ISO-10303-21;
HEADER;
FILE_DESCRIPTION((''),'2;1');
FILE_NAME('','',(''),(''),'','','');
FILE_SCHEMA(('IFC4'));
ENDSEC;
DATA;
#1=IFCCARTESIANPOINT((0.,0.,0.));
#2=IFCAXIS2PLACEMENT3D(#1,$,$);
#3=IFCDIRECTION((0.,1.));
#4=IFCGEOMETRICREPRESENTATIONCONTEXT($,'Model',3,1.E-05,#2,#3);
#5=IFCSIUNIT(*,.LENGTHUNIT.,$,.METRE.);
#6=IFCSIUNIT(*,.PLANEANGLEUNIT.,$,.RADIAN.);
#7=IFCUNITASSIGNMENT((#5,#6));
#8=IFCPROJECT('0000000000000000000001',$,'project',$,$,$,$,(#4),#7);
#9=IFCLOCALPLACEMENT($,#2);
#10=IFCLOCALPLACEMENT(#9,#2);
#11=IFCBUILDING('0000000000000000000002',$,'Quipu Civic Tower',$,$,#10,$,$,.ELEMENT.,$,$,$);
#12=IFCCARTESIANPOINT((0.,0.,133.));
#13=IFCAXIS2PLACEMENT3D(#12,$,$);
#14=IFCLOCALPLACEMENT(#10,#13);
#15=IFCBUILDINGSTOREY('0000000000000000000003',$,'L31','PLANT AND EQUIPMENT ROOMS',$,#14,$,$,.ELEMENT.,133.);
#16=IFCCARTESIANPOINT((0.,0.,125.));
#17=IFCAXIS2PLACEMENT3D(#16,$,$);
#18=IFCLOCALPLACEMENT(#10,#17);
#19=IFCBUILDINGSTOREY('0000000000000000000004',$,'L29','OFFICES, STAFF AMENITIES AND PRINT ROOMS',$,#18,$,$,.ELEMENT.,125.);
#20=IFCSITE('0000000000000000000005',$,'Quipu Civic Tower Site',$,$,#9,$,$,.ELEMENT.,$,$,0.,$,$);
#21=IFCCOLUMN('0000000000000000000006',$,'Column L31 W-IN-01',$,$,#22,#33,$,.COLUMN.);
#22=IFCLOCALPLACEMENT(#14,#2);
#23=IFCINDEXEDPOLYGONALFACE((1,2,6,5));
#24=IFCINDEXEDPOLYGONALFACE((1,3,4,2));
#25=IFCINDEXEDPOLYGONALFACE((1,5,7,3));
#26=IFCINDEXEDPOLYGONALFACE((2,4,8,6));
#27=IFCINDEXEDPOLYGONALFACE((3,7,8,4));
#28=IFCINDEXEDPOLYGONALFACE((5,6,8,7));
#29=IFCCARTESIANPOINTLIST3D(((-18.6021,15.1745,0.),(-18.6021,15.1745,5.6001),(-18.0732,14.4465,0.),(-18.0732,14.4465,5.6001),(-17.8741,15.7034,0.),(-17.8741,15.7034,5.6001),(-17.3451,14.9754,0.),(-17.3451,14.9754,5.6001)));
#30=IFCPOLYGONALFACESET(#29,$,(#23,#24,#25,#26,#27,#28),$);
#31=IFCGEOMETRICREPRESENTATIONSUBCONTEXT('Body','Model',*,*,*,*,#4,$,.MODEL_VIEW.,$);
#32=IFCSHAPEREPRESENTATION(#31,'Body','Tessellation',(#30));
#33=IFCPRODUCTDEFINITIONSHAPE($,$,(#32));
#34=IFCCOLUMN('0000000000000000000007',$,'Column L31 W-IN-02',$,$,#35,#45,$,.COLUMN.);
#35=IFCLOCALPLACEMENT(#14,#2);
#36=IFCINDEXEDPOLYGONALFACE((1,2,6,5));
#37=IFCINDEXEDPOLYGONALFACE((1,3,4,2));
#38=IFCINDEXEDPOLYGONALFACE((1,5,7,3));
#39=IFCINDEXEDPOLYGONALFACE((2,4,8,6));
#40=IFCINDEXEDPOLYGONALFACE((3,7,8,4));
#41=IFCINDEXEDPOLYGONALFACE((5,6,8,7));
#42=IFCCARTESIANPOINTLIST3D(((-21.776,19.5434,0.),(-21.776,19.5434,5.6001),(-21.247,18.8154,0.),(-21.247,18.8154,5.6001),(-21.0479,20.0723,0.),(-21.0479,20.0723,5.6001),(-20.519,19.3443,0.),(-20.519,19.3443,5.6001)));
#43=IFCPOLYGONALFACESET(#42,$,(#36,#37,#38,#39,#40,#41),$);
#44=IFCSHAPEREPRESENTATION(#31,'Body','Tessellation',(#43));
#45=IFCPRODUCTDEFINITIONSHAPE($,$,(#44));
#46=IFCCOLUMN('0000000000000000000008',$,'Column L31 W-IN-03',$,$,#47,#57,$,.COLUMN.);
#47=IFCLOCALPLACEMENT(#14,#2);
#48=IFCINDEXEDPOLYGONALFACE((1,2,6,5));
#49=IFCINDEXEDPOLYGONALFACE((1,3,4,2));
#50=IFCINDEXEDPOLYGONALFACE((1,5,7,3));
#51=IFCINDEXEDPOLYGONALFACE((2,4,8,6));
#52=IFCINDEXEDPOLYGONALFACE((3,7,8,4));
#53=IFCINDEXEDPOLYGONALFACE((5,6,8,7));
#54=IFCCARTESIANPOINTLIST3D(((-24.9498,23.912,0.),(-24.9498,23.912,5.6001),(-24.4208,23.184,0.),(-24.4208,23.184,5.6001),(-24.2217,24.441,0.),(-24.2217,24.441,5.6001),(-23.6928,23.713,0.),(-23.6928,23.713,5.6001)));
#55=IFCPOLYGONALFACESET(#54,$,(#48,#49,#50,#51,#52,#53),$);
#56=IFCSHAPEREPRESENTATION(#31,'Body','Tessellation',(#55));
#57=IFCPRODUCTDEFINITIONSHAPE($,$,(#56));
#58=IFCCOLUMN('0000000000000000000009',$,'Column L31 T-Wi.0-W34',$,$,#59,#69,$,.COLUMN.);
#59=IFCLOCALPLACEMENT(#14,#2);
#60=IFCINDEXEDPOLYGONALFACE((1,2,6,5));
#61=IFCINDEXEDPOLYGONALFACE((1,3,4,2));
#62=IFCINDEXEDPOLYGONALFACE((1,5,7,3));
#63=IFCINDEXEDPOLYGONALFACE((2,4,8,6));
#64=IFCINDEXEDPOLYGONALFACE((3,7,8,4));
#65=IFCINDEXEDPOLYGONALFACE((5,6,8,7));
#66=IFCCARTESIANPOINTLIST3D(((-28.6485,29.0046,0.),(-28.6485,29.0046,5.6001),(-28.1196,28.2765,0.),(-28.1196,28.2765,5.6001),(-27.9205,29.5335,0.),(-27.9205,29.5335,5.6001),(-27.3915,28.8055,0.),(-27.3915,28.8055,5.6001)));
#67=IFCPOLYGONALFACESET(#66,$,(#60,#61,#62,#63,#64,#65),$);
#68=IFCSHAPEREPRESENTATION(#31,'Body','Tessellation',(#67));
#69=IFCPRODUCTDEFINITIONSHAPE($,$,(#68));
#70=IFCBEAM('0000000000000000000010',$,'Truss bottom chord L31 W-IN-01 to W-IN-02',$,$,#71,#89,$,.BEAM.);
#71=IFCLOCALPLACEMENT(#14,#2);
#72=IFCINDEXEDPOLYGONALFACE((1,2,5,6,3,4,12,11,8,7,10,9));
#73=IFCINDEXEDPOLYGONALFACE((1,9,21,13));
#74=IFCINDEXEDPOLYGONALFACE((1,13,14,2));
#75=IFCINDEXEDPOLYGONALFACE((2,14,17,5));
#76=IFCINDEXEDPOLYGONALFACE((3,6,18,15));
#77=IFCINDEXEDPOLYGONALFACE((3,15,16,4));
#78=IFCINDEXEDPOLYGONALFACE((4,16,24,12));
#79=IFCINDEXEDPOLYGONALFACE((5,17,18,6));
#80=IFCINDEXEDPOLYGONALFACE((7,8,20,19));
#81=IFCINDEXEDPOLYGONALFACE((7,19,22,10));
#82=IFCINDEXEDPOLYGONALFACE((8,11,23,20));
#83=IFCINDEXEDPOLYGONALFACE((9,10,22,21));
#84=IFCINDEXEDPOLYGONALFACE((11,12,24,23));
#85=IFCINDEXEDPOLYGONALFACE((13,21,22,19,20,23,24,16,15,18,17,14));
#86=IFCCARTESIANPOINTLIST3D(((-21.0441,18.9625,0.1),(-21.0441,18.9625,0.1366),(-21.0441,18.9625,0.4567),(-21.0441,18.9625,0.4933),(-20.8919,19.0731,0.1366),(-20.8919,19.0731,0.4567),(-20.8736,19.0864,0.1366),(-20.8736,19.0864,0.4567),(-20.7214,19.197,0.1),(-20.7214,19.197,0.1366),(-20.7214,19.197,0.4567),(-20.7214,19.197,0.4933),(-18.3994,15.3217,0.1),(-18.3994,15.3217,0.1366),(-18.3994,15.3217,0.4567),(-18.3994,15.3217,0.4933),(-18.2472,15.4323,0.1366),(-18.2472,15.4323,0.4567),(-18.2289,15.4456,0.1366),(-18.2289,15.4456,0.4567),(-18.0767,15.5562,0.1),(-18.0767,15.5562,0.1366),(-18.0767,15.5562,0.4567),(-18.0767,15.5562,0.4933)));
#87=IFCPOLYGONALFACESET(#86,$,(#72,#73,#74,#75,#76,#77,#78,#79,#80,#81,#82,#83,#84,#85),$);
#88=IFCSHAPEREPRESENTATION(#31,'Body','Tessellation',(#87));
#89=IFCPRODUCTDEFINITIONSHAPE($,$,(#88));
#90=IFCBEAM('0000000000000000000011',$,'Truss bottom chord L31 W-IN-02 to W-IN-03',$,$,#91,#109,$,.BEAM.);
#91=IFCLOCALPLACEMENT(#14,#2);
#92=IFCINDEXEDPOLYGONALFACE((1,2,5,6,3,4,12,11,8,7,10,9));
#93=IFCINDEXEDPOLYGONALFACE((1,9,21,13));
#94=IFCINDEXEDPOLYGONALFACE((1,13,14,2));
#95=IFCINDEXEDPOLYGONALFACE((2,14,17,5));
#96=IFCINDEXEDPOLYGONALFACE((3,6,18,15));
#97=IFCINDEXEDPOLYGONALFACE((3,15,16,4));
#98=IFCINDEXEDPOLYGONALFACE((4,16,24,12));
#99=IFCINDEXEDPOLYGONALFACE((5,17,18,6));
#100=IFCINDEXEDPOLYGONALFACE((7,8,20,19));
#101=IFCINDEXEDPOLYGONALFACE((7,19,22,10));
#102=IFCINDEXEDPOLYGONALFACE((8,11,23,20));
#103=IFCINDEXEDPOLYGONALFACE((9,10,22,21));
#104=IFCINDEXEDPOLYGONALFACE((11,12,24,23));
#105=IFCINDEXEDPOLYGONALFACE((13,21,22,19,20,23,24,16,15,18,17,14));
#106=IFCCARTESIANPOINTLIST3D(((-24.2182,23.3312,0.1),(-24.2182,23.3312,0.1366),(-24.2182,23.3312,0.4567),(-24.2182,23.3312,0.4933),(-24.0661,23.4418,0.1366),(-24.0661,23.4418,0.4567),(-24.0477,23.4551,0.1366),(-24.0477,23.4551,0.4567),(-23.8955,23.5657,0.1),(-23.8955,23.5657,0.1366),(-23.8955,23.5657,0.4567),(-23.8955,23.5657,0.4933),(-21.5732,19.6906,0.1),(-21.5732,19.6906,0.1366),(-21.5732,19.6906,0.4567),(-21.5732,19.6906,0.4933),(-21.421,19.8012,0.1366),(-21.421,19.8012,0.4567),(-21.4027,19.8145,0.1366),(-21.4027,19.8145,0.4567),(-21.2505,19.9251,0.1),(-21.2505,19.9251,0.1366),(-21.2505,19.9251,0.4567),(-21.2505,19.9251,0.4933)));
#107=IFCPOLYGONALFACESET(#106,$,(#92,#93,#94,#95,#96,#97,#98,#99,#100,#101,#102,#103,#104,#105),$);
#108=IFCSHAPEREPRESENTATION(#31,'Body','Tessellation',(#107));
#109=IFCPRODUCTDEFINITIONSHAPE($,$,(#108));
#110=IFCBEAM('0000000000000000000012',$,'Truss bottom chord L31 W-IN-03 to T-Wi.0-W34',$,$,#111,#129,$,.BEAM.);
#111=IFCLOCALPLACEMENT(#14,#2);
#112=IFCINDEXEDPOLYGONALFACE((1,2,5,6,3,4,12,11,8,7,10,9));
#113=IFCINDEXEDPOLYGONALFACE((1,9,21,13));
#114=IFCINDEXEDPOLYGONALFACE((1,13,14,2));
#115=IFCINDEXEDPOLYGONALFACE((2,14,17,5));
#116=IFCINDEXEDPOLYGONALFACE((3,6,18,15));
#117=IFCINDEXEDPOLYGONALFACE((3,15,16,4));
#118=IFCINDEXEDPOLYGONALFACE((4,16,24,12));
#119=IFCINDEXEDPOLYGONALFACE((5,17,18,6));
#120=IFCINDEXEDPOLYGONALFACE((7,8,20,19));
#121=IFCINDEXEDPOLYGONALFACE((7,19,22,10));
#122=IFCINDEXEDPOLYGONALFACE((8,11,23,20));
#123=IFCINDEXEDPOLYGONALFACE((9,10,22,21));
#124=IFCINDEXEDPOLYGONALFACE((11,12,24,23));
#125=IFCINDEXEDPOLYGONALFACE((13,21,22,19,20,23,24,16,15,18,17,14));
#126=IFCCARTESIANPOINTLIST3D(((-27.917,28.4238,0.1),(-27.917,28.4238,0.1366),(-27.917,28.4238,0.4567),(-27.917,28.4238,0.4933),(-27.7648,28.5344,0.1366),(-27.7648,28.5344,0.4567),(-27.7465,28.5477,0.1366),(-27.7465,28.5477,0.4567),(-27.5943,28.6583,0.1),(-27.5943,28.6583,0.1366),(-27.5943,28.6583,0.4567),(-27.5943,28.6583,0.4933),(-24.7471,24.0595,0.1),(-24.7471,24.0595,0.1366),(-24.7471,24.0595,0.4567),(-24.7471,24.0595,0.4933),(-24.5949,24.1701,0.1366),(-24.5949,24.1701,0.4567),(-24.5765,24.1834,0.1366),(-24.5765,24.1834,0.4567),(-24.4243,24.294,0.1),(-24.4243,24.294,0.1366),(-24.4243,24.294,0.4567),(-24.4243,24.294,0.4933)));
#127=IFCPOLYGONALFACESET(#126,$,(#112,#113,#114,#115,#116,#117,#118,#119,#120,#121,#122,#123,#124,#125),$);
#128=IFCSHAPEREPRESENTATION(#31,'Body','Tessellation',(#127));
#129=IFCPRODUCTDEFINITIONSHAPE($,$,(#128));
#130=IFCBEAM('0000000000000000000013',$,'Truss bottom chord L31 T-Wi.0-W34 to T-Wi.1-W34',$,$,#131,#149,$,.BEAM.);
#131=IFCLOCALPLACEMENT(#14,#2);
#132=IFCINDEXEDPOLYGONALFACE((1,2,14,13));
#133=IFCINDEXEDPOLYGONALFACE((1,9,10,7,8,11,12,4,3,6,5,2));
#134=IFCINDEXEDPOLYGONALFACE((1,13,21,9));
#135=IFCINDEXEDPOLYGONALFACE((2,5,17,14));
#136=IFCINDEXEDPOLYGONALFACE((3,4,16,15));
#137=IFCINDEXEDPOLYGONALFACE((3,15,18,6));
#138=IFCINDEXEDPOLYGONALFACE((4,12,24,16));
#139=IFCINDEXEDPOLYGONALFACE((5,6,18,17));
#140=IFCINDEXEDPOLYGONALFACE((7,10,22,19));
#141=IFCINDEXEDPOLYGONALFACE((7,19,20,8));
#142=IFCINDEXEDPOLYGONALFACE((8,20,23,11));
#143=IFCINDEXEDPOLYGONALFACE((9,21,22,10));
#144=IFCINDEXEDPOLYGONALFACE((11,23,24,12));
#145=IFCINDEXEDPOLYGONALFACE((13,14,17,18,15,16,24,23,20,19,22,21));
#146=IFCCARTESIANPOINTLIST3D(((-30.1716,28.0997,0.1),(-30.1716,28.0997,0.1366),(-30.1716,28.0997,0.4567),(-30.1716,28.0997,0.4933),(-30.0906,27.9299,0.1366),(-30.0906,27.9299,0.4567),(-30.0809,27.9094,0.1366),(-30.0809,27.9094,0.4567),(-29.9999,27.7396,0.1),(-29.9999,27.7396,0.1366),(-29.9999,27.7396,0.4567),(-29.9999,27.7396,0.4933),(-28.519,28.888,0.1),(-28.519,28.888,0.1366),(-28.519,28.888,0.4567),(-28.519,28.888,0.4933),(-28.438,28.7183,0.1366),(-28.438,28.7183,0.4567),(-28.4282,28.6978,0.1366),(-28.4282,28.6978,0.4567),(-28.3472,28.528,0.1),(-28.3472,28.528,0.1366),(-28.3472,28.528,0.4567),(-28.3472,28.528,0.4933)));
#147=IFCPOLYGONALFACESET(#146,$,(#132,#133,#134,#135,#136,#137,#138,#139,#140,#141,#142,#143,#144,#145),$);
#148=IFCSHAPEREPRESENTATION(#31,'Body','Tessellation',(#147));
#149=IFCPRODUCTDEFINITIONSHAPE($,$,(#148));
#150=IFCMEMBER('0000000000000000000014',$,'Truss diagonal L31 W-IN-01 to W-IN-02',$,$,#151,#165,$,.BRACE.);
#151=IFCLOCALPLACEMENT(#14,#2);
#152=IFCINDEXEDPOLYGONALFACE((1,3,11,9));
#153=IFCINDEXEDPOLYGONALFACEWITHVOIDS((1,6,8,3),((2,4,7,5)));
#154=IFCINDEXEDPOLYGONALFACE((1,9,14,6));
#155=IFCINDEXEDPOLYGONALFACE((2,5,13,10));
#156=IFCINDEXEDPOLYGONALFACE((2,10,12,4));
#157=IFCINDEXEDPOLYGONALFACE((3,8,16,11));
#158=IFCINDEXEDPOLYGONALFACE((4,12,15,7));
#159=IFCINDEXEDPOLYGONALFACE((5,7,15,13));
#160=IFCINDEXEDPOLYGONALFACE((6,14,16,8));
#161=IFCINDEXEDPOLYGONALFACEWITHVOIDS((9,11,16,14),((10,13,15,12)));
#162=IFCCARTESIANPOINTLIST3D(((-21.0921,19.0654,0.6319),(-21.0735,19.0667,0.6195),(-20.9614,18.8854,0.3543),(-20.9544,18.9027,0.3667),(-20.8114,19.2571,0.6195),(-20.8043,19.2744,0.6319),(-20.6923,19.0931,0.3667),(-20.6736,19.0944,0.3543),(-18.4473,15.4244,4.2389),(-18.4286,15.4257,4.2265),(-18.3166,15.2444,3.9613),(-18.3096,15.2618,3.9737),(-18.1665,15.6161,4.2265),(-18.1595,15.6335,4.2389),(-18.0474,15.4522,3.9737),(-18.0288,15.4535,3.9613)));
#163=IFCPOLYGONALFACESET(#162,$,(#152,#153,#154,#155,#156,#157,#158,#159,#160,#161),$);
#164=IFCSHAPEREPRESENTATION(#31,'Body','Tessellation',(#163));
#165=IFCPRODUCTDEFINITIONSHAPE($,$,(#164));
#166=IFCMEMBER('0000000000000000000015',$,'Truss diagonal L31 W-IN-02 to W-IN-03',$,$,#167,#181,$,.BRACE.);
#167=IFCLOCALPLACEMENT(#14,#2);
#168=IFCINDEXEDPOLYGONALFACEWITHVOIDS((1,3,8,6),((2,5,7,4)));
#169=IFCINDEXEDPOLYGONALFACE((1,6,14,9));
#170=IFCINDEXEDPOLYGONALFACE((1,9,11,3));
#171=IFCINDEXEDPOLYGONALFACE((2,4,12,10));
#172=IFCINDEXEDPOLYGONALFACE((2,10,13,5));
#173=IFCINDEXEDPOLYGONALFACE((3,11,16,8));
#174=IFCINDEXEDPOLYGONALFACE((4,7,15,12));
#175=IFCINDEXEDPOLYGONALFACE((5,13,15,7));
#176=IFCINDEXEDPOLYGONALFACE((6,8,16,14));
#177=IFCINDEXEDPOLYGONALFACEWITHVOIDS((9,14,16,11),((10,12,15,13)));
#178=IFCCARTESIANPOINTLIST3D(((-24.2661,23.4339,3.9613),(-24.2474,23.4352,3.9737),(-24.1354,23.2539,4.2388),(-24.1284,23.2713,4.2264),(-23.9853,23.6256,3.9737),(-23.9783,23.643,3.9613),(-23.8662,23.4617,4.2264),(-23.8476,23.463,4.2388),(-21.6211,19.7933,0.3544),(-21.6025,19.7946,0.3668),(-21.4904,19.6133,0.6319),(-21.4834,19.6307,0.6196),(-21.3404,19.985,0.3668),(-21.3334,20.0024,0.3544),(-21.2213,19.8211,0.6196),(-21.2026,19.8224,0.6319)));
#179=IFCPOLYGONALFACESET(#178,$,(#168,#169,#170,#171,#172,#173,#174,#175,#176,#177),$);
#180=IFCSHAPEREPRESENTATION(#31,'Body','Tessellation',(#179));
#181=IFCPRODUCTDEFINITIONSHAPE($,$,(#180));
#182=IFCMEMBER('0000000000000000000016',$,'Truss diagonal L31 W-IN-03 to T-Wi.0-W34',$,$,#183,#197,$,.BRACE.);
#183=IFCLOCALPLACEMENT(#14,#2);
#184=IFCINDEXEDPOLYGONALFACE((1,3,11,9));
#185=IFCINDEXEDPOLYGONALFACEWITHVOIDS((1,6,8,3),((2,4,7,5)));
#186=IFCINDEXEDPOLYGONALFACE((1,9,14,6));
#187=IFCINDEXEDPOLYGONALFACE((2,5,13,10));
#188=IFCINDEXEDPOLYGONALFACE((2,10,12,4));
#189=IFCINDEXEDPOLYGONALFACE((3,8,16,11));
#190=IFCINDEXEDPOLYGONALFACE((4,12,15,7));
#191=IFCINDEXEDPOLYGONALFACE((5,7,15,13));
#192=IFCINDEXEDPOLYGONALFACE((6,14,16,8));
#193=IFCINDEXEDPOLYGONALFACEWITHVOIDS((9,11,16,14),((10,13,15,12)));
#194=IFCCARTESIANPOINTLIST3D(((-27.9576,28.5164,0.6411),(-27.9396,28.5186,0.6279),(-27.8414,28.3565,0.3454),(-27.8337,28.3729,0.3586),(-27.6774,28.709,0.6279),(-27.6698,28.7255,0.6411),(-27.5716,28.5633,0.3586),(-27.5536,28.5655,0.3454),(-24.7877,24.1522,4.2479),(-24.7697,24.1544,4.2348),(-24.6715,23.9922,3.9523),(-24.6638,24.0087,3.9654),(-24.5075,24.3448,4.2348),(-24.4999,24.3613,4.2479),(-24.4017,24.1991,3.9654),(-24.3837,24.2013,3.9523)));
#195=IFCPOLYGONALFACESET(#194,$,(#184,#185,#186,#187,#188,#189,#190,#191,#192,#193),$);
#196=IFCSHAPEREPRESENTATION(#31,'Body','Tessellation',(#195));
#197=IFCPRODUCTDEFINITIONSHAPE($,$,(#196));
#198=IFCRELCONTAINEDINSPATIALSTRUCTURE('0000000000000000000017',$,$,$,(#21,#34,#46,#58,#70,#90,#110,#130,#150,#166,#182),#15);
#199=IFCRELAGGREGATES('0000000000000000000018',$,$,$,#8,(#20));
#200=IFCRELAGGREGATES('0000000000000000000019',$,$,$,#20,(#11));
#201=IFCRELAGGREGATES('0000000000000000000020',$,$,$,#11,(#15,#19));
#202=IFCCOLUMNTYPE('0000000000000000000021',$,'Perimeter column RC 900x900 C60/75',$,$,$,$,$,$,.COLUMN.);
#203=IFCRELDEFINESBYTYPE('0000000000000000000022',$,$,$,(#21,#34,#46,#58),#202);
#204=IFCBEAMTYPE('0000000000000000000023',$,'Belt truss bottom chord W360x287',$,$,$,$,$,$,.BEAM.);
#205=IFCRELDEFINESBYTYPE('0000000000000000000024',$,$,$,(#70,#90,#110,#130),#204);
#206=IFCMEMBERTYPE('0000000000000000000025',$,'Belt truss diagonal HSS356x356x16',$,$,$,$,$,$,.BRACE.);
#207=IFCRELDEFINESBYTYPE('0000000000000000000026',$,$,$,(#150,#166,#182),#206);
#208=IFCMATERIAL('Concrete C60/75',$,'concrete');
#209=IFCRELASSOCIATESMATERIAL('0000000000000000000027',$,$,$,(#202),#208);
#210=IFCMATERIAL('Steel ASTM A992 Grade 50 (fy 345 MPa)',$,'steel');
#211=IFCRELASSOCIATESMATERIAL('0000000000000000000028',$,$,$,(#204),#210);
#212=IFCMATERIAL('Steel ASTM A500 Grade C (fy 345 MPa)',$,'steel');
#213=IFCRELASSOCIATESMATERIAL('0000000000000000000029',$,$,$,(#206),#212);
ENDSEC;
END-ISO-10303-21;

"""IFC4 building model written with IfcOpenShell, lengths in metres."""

from ifc_helpers import new_model, si_unit, direction, frame, origin, origin_2d, place, context, subcontext, project, spatial, rectangle, hollow_rectangle, i_section, extrude, material, material_profile, profile_set, type_object, element, save


model = new_model("IFC4")

# Units and contexts
model_context = context("Model", 3, precision=1e-05, world=origin(), true_north=direction((0.0, 1.0)))
body_context = subcontext(model_context, "Body", "Model", "MODEL_VIEW")
ifc_project = project(units=[si_unit("LENGTHUNIT", "METRE"), si_unit("PLANEANGLEUNIT", "RADIAN")], contexts=[model_context])

# Site, building, storey
site_placement = place(None, origin())
site = spatial("IfcSite", under=ifc_project, at=site_placement, Name="Quipu Civic Tower Site", CompositionType="ELEMENT", RefElevation=0.0)
building_placement = place(site_placement, origin())
building = spatial("IfcBuilding", under=site, at=building_placement, Name="Quipu Civic Tower", CompositionType="ELEMENT")
storey_1_placement = place(building_placement, frame((0.0, 0.0, 133.0)))
storey_1 = spatial("IfcBuildingStorey", under=building, at=storey_1_placement, Name="L31", Description="PLANT AND EQUIPMENT ROOMS", CompositionType="ELEMENT", Elevation=133.0)

# Columns
ifc_material_1 = material(Name="Concrete C60/75", Category="concrete")
ifc_material_profile_1 = material_profile(ifc_material_1, rectangle(XDim=0.8999, YDim=0.8999, at=origin_2d()), Name="RC900x900")
ifc_profile_set_1 = profile_set([ifc_material_profile_1], Name="Concrete C60/75")
column_type = type_object("IfcColumnType", Name="Perimeter column RC 900x900 C60/75", PredefinedType="COLUMN", material=ifc_profile_set_1)
for number, where, z_axis, x_axis, name in (
    (1, (-17.9736, 15.075, 0.0), (0.0, 0.0, 1.0), (-0.587785, 0.809017, 0.0), "Column L31 W-IN-01"),
    (2, (-21.1475, 19.4438, 0.0), (0.0, 0.0, 1.0), (-0.587785, 0.809017, 0.0), "Column L31 W-IN-02"),
    (3, (-24.3213, 23.8125, 0.0), (0.0, 0.0, 1.0), (-0.587785, 0.809017, 0.0), "Column L31 W-IN-03"),
    (4, (-28.02, 28.905, 0.0), (0.0, 0.0, 1.0), (-0.809017, -0.587785, 0.0), "Column L31 T-Wi.0-W34"),
):
    element("IfcColumn", number, at=place(storey_1_placement, frame(where, z_axis=z_axis, x_axis=x_axis)), inside=storey_1, type_object=column_type, Name=name, PredefinedType="COLUMN", context=body_context, shape_type="SweptSolid", body=[
        extrude(rectangle(XDim=0.8999, YDim=0.8999, at=origin_2d()), origin(), (0.0, 0.0, 1.0), 5.6001),
    ])

# Beams
ifc_material_2 = material(Name="Steel ASTM A992 Grade 50 (fy 345 MPa)", Category="steel")
ifc_material_profile_2 = material_profile(ifc_material_2, i_section(OverallWidth=0.3989, OverallDepth=0.3933, WebThickness=0.0227, FlangeThickness=0.0366, at=origin_2d()), Name="W360x287")
ifc_profile_set_2 = profile_set([ifc_material_profile_2], Name="Steel ASTM A992 Grade 50 (fy 345 MPa)")
beam_type_1 = type_object("IfcBeamType", Name="Belt truss bottom chord W360x287", PredefinedType="BEAM", material=ifc_profile_set_2)
for number, where, z_axis, x_axis, name in (
    (5, (-18.238, 15.439, 0.2966), (-0.587717, 0.809067, 0.0), (-0.809067, -0.587717, 0.0), "Truss bottom chord L31 W-IN-01 to W-IN-02"),
    (6, (-21.4119, 19.8079, 0.2966), (-0.587778, 0.809022, 0.0), (-0.809022, -0.587778, 0.0), "Truss bottom chord L31 W-IN-02 to W-IN-03"),
):
    element("IfcBeam", number, at=place(storey_1_placement, frame(where, z_axis=z_axis, x_axis=x_axis)), inside=storey_1, type_object=beam_type_1, Name=name, PredefinedType="BEAM", context=body_context, shape_type="SweptSolid", body=[
        extrude(i_section(OverallWidth=0.3989, OverallDepth=0.3933, WebThickness=0.0227, FlangeThickness=0.0366, at=origin_2d()), origin(), (0.0, 0.0, 1.0), 4.5),
    ])
beam_1_placement = place(storey_1_placement, frame((-24.5857, 24.1768, 0.2966), z_axis=(-0.587676, 0.809096, 0.0), x_axis=(-0.809096, -0.587676, 0.0)))
element("IfcBeam", 7, at=beam_1_placement, inside=storey_1, type_object=beam_type_1, Name="Truss bottom chord L31 W-IN-03 to T-Wi.0-W34", PredefinedType="BEAM", context=body_context, shape_type="SweptSolid", body=[
    extrude(i_section(OverallWidth=0.3989, OverallDepth=0.3933, WebThickness=0.0227, FlangeThickness=0.0366, at=origin_2d()), origin(), (0.0, 0.0, 1.0), 5.394),
])
beam_2_placement = place(storey_1_placement, frame((-28.4331, 28.708, 0.2966), z_axis=(-0.902567, -0.430549, 0.0), x_axis=(0.430549, -0.902567, 0.0)))
element("IfcBeam", 8, at=beam_2_placement, inside=storey_1, type_object=beam_type_1, Name="Truss bottom chord L31 T-Wi.0-W34 to T-Wi.1-W34", PredefinedType="BEAM", context=body_context, shape_type="SweptSolid", body=[
    extrude(i_section(OverallWidth=0.3989, OverallDepth=0.3933, WebThickness=0.0227, FlangeThickness=0.0366, at=origin_2d()), origin(), (0.0, 0.0, 1.0), 1.8311),
])

# Members
ifc_material_3 = material(Name="Steel ASTM A500 Grade C (fy 345 MPa)", Category="steel")
ifc_material_profile_3 = material_profile(ifc_material_3, hollow_rectangle(XDim=0.3557, YDim=0.3557, WallThickness=0.0159, at=origin_2d()), Name="HSS356x356x16")
ifc_profile_set_3 = profile_set([ifc_material_profile_3], Name="Steel ASTM A500 Grade C (fy 345 MPa)")
member_type_1 = type_object("IfcMemberType", Name="Belt truss diagonal HSS356x356x16", PredefinedType="BRACE", material=ifc_profile_set_3)
member_1_placement = place(storey_1_placement, frame((-18.238, 15.439, 4.1001), z_axis=(-0.458588, 0.631305, -0.625421), x_axis=(-0.809067, -0.587717, 0.0)))
element("IfcMember", 9, at=member_1_placement, inside=storey_1, type_object=member_type_1, Name="Truss diagonal L31 W-IN-01 to W-IN-02", PredefinedType="BRACE", context=body_context, shape_type="SweptSolid", body=[
    extrude(hollow_rectangle(XDim=0.3557, YDim=0.3557, WallThickness=0.0159, at=origin_2d()), origin(), (0.0, 0.0, 1.0), 5.7673),
])
member_2_placement = place(storey_1_placement, frame((-21.4119, 19.8079, 0.4932), z_axis=(-0.458634, 0.631267, 0.625425), x_axis=(-0.809022, -0.587778, 0.0)))
element("IfcMember", 10, at=member_2_placement, inside=storey_1, type_object=member_type_1, Name="Truss diagonal L31 W-IN-02 to W-IN-03", PredefinedType="BRACE", context=body_context, shape_type="SweptSolid", body=[
    extrude(hollow_rectangle(XDim=0.3557, YDim=0.3557, WallThickness=0.0159, at=origin_2d()), origin(), (0.0, 0.0, 1.0), 5.7671),
])
member_3_placement = place(storey_1_placement, frame((-24.5857, 24.1768, 4.1001), z_axis=(-0.488519, 0.672578, -0.555867), x_axis=(-0.809096, -0.587676, 0.0)))
element("IfcMember", 11, at=member_3_placement, inside=storey_1, type_object=member_type_1, Name="Truss diagonal L31 W-IN-03 to T-Wi.0-W34", PredefinedType="BRACE", context=body_context, shape_type="SweptSolid", body=[
    extrude(hollow_rectangle(XDim=0.3557, YDim=0.3557, WallThickness=0.0159, at=origin_2d()), origin(), (0.0, 0.0, 1.0), 6.4888),
])

# Shared definitions
storey_2_placement = place(building_placement, frame((0.0, 0.0, 125.0)))
storey_2 = spatial("IfcBuildingStorey", under=building, at=storey_2_placement, Name="L29", Description="OFFICES, STAFF AMENITIES AND PRINT ROOMS", CompositionType="ELEMENT", Elevation=125.0)

save(model, "model.ifc")
